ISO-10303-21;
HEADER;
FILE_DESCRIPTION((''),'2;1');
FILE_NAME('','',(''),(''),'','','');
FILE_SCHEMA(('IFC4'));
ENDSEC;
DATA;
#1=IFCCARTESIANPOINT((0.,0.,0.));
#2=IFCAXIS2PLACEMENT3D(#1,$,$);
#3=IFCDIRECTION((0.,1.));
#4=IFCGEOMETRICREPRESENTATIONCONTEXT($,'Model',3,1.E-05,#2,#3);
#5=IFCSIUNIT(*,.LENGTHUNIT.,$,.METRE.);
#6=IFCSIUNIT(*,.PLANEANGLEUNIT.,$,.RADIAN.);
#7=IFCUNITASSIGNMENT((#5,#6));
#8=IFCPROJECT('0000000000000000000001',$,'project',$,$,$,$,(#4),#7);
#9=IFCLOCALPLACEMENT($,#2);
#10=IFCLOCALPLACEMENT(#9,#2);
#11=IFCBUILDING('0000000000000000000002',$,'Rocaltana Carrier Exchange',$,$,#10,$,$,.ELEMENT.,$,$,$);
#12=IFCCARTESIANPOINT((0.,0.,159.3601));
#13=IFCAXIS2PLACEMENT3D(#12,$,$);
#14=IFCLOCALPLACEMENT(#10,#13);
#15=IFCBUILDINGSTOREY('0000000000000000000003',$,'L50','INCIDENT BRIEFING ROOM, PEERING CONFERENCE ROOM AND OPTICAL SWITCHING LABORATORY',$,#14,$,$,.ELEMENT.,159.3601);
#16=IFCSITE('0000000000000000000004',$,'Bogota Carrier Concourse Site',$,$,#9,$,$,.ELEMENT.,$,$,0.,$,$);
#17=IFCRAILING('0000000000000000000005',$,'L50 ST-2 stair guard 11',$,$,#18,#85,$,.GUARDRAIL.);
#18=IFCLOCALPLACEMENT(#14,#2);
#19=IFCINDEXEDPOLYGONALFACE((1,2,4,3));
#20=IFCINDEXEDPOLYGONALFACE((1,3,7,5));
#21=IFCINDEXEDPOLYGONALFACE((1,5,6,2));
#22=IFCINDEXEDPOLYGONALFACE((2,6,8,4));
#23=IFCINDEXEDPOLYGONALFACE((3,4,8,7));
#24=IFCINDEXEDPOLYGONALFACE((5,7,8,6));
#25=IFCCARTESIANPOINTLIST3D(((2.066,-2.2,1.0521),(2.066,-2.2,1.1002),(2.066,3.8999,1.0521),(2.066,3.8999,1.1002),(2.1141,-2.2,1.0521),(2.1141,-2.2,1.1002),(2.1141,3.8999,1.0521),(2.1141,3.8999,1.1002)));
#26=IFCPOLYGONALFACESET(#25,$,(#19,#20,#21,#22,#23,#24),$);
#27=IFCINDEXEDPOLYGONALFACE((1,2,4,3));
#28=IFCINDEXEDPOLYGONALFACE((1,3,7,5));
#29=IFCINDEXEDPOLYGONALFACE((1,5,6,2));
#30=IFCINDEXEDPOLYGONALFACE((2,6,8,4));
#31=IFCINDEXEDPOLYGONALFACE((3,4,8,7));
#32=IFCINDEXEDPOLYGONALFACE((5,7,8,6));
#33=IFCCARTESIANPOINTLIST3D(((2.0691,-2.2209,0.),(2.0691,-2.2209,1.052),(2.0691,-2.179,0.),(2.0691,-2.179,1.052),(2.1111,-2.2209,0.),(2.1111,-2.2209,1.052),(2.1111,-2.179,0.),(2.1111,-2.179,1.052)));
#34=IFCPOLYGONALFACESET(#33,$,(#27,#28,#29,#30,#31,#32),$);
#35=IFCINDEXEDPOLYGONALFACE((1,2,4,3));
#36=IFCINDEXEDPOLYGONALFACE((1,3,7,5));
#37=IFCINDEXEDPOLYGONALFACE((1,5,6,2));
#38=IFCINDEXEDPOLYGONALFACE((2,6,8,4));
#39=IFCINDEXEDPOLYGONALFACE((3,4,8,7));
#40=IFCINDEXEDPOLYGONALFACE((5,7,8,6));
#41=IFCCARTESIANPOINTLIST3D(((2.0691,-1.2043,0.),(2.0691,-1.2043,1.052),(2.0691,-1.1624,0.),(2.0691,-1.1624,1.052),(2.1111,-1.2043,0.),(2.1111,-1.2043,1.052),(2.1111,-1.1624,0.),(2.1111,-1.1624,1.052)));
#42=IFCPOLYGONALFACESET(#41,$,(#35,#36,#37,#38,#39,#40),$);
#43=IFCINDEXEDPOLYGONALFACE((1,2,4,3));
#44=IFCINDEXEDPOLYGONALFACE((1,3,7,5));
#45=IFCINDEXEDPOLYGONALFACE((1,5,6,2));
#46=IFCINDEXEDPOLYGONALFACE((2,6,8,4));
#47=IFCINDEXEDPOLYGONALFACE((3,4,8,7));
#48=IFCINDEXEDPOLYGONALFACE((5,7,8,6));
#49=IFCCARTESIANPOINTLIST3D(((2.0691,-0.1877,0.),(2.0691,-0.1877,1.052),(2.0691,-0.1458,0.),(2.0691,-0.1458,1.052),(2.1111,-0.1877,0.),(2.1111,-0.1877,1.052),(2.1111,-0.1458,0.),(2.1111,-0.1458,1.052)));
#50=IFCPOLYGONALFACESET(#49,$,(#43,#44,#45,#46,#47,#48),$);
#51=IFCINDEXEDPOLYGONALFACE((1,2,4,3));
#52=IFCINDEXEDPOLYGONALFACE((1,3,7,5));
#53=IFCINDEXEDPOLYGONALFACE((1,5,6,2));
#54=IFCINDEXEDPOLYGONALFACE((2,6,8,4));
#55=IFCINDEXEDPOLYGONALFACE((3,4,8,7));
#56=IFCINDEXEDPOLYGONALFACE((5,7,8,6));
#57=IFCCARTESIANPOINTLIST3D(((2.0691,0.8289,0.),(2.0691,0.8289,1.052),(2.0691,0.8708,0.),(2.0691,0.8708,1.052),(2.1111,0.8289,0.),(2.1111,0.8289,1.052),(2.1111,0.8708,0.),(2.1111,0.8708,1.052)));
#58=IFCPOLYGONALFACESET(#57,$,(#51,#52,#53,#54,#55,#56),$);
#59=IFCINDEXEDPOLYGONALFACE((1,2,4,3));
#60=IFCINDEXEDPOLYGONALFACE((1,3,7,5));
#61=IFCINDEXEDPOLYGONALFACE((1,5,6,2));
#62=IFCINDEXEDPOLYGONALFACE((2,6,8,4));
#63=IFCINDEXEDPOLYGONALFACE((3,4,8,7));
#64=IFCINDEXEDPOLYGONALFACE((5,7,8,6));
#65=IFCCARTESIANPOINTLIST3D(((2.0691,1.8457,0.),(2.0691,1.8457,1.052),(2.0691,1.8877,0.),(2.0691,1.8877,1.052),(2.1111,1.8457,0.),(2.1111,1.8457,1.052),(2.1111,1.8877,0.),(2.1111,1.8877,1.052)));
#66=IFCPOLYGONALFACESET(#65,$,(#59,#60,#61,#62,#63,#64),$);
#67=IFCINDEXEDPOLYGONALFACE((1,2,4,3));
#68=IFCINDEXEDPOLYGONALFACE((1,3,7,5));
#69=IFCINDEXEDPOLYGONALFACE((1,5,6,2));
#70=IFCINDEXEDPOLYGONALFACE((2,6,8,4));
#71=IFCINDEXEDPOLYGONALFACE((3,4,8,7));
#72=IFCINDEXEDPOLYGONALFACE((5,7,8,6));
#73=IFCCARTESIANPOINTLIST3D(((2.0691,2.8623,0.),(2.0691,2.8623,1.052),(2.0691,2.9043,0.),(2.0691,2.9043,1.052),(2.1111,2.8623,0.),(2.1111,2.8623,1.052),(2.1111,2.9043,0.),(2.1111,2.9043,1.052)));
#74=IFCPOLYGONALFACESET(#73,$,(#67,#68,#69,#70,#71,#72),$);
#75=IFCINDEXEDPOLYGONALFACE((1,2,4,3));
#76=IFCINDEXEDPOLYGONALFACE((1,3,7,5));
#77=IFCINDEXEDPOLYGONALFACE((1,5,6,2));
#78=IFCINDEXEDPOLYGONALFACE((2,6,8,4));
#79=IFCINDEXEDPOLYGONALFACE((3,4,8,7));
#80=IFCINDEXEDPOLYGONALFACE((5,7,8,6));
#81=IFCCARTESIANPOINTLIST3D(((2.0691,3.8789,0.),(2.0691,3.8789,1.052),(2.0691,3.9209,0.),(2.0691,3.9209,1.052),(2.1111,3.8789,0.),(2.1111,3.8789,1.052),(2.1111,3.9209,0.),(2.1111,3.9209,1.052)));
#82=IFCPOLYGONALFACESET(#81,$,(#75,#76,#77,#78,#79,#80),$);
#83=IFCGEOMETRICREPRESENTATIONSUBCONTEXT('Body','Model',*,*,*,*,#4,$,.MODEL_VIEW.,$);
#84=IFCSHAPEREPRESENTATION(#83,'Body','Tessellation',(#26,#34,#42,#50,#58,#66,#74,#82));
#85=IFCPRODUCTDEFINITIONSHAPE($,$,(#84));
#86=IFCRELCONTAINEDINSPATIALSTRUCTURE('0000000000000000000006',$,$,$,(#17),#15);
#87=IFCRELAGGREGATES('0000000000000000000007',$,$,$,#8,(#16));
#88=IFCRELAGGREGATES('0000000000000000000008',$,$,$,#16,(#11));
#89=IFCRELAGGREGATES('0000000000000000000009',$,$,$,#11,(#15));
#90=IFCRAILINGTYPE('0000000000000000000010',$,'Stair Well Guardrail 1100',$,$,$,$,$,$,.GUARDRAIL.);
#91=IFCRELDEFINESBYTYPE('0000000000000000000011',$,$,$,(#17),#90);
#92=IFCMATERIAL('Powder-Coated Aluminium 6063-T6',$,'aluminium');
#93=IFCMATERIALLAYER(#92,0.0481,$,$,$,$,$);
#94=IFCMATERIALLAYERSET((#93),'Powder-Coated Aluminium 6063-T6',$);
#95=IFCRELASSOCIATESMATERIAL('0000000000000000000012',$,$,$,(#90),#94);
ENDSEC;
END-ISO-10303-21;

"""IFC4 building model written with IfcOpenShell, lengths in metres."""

from ifc_helpers import new_model, si_unit, direction, frame, origin, origin_2d, place, context, subcontext, project, spatial, rectangle, extrude, material, layer, layer_set, type_object, element, save


model = new_model("IFC4")

# Units and contexts
model_context = context("Model", 3, precision=1e-05, world=origin(), true_north=direction((0.0, 1.0)))
body_context = subcontext(model_context, "Body", "Model", "MODEL_VIEW")
ifc_project = project(units=[si_unit("LENGTHUNIT", "METRE"), si_unit("PLANEANGLEUNIT", "RADIAN")], contexts=[model_context])

# Site, building, storey
site_placement = place(None, origin())
site = spatial("IfcSite", under=ifc_project, at=site_placement, Name="Bogota Carrier Concourse Site", CompositionType="ELEMENT", RefElevation=0.0)
building_placement = place(site_placement, origin())
building = spatial("IfcBuilding", under=site, at=building_placement, Name="Rocaltana Carrier Exchange", CompositionType="ELEMENT")
storey_placement = place(building_placement, frame((0.0, 0.0, 159.3601)))
storey = spatial("IfcBuildingStorey", under=building, at=storey_placement, Name="L50", Description="INCIDENT BRIEFING ROOM, PEERING CONFERENCE ROOM AND OPTICAL SWITCHING LABORATORY", CompositionType="ELEMENT", Elevation=159.3601)

# Railing
ifc_material_1 = material(Name="Powder-Coated Aluminium 6063-T6", Category="aluminium")
ifc_layer_1 = layer(ifc_material_1, 0.0481)
ifc_layer_set_1 = layer_set([ifc_layer_1], Name="Powder-Coated Aluminium 6063-T6")
railing_type_1 = type_object("IfcRailingType", Name="Stair Well Guardrail 1100", PredefinedType="GUARDRAIL", material=ifc_layer_set_1)
for number, where, name in (
    (1, (2.0901, -2.2, 0.0), "L50 ST-2 stair guard 11"),
):
    element("IfcRailing", number, at=place(storey_placement, frame(where)), inside=storey, type_object=railing_type_1, Name=name, PredefinedType="GUARDRAIL", context=body_context, shape_type="SweptSolid", body=[
        extrude(rectangle(XDim=0.0481, YDim=0.0481, at=origin_2d()), frame((0.0, 0.0, 1.0762), z_axis=(0.0, 1.0, 0.0), x_axis=(-1.0, 0.0, 0.0)), (0.0, 0.0, 1.0), 6.0999),
        extrude(rectangle(XDim=0.042, YDim=0.042, at=origin_2d()), origin(), (0.0, 0.0, 1.0), 1.052),
        extrude(rectangle(XDim=0.042, YDim=0.042, at=origin_2d()), frame((0.0, 1.0166, 0.0)), (0.0, 0.0, 1.0), 1.052),
        extrude(rectangle(XDim=0.042, YDim=0.042, at=origin_2d()), frame((0.0, 2.0332, 0.0)), (0.0, 0.0, 1.0), 1.052),
        extrude(rectangle(XDim=0.042, YDim=0.042, at=origin_2d()), frame((0.0, 3.0498, 0.0)), (0.0, 0.0, 1.0), 1.052),
        extrude(rectangle(XDim=0.042, YDim=0.042, at=origin_2d()), frame((0.0, 4.0667, 0.0)), (0.0, 0.0, 1.0), 1.052),
        extrude(rectangle(XDim=0.042, YDim=0.042, at=origin_2d()), frame((0.0, 5.0833, 0.0)), (0.0, 0.0, 1.0), 1.052),
        extrude(rectangle(XDim=0.042, YDim=0.042, at=origin_2d()), frame((0.0, 6.0999, 0.0)), (0.0, 0.0, 1.0), 1.052),
    ])

save(model, "model.ifc")
